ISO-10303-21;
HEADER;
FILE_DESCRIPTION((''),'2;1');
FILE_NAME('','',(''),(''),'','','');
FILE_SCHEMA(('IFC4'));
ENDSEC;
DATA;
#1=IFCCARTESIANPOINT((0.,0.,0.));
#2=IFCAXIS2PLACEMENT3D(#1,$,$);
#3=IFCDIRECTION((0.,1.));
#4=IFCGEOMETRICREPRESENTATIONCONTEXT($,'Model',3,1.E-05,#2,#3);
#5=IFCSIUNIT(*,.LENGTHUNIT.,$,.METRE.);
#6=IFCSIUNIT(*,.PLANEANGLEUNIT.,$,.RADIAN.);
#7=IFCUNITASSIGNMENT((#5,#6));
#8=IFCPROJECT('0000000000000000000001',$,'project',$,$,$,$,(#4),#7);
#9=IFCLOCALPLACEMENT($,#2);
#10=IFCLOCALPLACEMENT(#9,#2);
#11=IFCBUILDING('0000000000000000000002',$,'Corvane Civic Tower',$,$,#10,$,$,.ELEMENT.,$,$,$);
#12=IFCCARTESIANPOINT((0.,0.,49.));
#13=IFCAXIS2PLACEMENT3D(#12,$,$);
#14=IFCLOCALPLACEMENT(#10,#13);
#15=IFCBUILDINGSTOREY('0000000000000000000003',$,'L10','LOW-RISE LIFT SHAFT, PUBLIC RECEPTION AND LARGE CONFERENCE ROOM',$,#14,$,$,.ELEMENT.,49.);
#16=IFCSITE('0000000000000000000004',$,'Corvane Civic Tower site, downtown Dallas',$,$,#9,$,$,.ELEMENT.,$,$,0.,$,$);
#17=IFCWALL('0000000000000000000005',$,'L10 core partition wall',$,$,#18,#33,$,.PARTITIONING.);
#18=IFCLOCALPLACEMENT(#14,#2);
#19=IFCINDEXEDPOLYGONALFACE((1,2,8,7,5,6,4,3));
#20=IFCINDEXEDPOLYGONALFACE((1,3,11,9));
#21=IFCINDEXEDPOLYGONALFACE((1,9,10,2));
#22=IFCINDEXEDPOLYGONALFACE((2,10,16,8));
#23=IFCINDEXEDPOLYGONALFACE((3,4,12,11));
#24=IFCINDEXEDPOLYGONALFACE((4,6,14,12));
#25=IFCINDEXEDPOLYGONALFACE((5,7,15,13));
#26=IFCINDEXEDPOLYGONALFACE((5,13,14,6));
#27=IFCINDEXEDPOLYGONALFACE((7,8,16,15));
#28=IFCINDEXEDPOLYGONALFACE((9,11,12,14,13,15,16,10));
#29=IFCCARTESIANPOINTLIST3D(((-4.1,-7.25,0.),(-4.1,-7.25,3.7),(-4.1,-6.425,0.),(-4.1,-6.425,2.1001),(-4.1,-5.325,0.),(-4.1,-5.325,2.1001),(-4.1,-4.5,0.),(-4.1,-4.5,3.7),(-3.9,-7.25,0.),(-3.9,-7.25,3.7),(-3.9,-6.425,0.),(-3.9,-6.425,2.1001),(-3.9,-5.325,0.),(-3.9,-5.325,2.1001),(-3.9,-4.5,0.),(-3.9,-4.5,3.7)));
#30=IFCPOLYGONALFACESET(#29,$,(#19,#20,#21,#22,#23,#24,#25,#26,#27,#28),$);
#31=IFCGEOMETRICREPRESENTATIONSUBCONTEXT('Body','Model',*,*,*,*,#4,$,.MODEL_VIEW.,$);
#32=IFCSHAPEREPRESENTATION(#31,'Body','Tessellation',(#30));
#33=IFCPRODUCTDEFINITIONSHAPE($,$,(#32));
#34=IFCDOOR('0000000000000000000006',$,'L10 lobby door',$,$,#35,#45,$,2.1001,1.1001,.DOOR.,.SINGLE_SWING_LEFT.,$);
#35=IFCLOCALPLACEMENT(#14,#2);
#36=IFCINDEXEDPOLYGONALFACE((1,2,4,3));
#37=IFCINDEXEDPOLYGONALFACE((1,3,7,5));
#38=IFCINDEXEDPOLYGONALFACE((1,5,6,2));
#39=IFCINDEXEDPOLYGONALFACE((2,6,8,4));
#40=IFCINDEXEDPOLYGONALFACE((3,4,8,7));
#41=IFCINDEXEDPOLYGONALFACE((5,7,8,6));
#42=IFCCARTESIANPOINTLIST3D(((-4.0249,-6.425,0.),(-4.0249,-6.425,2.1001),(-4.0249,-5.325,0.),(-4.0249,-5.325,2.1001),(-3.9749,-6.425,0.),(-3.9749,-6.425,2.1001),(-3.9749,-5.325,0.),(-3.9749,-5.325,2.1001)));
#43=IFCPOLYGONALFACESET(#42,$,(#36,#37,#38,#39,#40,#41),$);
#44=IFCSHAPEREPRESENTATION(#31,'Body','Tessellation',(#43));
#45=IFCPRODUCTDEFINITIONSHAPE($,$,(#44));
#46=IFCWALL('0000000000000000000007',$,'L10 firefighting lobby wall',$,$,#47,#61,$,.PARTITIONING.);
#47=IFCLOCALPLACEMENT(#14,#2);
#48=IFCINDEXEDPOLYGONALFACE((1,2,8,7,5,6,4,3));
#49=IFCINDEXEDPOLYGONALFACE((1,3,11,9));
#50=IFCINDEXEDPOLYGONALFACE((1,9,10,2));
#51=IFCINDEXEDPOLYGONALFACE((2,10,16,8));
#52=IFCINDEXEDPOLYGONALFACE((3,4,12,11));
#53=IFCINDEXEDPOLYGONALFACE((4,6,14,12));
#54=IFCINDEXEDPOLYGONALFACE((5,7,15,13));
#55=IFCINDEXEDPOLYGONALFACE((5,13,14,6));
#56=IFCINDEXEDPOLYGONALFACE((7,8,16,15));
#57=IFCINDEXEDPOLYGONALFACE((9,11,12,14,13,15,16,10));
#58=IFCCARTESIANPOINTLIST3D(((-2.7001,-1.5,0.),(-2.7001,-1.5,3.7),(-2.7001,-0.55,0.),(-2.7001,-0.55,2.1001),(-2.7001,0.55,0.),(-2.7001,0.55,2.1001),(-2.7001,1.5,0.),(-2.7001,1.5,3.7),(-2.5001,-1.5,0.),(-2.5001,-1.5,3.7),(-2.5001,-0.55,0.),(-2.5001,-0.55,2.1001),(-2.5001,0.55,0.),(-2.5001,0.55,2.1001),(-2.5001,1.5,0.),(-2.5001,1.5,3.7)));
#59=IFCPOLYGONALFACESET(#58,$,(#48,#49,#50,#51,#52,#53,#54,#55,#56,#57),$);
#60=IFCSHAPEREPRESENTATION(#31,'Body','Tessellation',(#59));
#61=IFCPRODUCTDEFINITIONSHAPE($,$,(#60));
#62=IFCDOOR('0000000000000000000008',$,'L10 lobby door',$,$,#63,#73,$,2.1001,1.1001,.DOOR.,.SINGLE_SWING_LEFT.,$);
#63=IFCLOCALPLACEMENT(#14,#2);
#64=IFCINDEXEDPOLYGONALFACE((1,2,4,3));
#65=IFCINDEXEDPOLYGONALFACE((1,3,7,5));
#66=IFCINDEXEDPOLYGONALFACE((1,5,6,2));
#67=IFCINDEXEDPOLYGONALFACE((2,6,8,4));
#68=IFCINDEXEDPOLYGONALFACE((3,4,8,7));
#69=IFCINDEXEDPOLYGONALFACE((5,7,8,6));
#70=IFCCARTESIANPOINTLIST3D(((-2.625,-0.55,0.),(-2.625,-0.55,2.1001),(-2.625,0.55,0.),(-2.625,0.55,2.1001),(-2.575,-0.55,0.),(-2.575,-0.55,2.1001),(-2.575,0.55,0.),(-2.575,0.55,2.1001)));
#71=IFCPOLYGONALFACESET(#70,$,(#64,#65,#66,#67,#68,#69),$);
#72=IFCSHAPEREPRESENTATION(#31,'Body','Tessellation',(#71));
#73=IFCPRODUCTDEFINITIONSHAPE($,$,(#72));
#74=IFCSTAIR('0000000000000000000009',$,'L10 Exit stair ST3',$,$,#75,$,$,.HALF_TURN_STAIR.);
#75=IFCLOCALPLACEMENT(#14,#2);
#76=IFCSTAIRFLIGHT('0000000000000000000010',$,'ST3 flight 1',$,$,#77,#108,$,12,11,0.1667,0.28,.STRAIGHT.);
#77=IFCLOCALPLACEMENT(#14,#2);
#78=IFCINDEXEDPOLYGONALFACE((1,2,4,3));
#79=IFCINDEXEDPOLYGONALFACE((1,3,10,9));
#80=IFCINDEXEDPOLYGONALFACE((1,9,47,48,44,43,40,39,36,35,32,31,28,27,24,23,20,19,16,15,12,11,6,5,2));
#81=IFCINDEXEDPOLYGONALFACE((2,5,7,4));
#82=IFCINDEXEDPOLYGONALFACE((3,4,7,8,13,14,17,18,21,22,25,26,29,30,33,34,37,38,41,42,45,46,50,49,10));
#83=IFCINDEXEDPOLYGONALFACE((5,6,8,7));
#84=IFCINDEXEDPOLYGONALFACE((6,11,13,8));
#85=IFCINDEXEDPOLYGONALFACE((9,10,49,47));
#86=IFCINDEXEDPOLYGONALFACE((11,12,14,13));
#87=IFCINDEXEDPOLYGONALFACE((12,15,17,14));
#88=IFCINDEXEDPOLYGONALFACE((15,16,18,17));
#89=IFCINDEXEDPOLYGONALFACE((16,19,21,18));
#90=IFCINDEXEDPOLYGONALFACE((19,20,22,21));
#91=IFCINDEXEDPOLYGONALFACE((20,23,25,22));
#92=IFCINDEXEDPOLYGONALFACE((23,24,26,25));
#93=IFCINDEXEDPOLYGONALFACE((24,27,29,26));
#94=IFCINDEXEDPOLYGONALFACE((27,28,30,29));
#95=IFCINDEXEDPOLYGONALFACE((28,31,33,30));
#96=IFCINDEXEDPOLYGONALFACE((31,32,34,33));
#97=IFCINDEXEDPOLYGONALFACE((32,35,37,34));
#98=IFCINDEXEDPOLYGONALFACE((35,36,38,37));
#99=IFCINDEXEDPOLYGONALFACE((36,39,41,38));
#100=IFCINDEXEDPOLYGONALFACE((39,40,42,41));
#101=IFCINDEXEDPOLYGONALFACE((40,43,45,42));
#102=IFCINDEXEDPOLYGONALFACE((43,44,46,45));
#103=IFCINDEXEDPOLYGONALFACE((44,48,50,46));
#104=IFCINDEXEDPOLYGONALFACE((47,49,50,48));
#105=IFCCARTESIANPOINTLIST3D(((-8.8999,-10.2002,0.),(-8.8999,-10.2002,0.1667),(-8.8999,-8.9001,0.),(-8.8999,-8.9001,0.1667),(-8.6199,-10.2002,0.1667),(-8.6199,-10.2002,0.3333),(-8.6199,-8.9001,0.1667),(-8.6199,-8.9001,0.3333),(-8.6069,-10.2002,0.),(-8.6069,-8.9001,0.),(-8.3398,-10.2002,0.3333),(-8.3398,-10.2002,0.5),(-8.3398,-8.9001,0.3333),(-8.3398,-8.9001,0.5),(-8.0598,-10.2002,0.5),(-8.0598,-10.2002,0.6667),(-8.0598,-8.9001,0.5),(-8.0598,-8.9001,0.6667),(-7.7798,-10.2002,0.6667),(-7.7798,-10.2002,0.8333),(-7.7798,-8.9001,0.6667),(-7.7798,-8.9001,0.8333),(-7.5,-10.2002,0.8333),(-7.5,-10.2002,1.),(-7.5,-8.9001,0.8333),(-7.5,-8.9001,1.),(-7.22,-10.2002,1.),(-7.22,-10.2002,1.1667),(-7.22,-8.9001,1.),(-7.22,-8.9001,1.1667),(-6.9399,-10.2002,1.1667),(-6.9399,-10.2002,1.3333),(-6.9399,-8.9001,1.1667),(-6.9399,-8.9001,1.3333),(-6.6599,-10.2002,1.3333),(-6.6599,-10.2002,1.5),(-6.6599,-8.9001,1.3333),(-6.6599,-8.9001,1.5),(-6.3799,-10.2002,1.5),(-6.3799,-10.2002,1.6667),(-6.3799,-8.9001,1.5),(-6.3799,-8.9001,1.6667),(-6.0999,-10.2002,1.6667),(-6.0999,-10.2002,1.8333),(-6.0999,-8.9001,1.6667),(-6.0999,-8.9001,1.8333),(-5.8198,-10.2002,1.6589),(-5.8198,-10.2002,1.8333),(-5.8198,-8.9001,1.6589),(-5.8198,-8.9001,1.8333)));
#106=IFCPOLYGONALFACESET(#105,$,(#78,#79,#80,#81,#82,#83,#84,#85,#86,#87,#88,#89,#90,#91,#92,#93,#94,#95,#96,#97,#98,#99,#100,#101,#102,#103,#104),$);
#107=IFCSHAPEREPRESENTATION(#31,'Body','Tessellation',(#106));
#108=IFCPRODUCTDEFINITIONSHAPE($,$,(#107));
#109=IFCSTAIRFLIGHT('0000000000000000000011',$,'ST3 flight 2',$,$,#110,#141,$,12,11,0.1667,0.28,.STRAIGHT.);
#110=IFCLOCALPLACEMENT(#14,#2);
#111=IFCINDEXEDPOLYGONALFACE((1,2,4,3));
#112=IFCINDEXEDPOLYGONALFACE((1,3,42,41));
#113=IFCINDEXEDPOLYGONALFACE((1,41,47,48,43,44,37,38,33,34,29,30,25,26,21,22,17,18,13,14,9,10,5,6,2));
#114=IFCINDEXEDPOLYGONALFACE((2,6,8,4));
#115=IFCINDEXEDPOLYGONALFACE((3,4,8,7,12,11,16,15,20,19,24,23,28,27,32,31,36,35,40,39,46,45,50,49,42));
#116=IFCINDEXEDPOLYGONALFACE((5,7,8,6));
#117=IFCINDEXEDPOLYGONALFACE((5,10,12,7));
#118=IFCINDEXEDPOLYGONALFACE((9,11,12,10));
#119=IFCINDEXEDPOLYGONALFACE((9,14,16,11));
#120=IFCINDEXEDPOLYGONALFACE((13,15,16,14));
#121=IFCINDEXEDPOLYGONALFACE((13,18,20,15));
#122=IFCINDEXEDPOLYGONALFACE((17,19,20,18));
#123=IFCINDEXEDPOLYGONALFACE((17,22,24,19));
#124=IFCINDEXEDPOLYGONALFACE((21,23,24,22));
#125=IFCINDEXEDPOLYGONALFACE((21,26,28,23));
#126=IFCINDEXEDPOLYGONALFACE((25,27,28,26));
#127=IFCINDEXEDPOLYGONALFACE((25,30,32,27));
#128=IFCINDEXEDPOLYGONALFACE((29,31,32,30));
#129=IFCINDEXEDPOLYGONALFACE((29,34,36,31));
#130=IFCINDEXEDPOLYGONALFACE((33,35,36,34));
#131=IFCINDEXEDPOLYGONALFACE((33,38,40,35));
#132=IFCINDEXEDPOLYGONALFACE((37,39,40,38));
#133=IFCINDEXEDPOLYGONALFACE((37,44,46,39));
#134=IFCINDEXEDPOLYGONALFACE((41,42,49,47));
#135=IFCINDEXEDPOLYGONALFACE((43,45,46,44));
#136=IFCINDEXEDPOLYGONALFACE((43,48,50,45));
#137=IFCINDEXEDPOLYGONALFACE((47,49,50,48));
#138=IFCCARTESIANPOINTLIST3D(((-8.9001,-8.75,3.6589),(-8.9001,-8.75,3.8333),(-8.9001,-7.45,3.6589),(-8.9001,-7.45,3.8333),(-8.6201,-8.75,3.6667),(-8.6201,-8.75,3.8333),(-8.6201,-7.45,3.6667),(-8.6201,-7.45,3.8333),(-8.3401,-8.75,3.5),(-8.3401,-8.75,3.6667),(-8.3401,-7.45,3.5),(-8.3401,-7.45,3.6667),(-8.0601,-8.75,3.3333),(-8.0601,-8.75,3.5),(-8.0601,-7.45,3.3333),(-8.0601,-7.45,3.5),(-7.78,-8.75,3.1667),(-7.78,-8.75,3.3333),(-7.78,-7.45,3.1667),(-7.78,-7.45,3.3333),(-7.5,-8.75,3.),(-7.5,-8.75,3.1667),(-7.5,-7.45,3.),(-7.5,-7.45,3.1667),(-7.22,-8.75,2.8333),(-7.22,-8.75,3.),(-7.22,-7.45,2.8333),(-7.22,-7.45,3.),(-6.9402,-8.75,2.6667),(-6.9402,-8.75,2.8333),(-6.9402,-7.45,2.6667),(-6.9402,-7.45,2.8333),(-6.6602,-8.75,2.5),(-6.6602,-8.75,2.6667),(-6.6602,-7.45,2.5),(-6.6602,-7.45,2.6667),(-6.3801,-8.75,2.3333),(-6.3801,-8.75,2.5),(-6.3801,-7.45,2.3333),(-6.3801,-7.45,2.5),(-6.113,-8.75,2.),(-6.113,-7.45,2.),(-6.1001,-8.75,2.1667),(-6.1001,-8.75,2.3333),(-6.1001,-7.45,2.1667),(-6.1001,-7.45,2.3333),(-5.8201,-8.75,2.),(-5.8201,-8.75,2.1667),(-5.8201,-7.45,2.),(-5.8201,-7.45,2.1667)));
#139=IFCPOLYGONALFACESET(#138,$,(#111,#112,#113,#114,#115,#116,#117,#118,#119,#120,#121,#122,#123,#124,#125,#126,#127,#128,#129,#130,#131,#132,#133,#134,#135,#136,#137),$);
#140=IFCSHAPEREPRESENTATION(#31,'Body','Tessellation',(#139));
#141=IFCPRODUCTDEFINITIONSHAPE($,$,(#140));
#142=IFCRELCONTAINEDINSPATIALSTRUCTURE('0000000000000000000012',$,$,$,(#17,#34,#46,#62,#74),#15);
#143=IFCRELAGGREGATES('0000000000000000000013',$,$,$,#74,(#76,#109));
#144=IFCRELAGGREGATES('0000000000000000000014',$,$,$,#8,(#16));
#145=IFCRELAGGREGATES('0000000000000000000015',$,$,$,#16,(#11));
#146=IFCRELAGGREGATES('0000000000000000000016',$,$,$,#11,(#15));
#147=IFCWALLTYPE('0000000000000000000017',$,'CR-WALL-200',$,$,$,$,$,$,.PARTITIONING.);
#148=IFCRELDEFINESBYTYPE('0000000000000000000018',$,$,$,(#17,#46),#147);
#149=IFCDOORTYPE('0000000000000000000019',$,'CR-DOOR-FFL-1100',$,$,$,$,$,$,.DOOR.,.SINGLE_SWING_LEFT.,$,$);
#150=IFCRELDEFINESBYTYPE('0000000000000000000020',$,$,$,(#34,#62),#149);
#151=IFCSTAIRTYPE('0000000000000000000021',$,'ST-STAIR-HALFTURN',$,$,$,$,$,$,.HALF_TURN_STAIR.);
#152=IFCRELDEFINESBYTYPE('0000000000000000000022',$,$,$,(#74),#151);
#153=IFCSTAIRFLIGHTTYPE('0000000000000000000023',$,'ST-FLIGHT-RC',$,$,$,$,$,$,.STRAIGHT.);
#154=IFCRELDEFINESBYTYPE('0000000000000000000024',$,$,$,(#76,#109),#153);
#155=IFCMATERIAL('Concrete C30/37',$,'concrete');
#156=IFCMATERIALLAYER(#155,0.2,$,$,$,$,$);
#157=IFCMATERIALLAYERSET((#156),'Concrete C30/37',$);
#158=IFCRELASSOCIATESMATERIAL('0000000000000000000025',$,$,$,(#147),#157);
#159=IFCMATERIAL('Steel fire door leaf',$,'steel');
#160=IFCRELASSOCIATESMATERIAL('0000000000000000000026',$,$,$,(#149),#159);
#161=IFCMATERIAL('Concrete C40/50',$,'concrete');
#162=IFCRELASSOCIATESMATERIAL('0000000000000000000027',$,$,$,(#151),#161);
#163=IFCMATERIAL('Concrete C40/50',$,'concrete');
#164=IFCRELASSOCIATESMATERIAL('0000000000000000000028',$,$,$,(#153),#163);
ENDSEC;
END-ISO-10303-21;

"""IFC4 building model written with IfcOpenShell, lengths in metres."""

from ifc_helpers import new_model, si_unit, direction, frame, frame_2d, origin, place, context, subcontext, project, spatial, polyline, rectangle, outline, extrude, material, layer, layer_set, type_object, element, fill, aggregate, save


model = new_model("IFC4")

# Units and contexts
model_context = context("Model", 3, precision=1e-05, world=origin(), true_north=direction((0.0, 1.0)))
body_context = subcontext(model_context, "Body", "Model", "MODEL_VIEW")
ifc_project = project(units=[si_unit("LENGTHUNIT", "METRE"), si_unit("PLANEANGLEUNIT", "RADIAN")], contexts=[model_context])

# Site, building, storey
site_placement = place(None, origin())
site = spatial("IfcSite", under=ifc_project, at=site_placement, Name="Corvane Civic Tower site, downtown Dallas", CompositionType="ELEMENT", RefElevation=0.0)
building_placement = place(site_placement, origin())
building = spatial("IfcBuilding", under=site, at=building_placement, Name="Corvane Civic Tower", CompositionType="ELEMENT")
storey_placement = place(building_placement, frame((0.0, 0.0, 49.0)))
storey = spatial("IfcBuildingStorey", under=building, at=storey_placement, Name="L10", Description="LOW-RISE LIFT SHAFT, PUBLIC RECEPTION AND LARGE CONFERENCE ROOM", CompositionType="ELEMENT", Elevation=49.0)

# Walls, openings, doors
ifc_material_1 = material(Name="Concrete C30/37", Category="concrete")
ifc_layer = layer(ifc_material_1, 0.2)
ifc_layer_set = layer_set([ifc_layer], Name="Concrete C30/37")
wall_type = type_object("IfcWallType", Name="CR-WALL-200", PredefinedType="PARTITIONING", material=ifc_layer_set)
wall_1_placement = place(storey_placement, frame((-4.0, -7.25, 0.0), z_axis=(0.0, 0.0, 1.0), x_axis=(0.0, 1.0, 0.0)))
wall_1 = element("IfcWall", 1, at=wall_1_placement, inside=storey, type_object=wall_type, Name="L10 core partition wall", PredefinedType="PARTITIONING", context=body_context, shape_type="SweptSolid", body=[
    extrude(rectangle(XDim=2.75, YDim=0.2, at=frame_2d((1.375, 0.0))), origin(), (0.0, 0.0, 1.0), 3.7),
])
opening_1_placement = place(wall_1_placement, frame((0.825, 0.0, 0.0)))
opening_1 = element("IfcOpeningElement", 2, at=opening_1_placement, cuts=wall_1, PredefinedType="OPENING", context=body_context, shape_type="SweptSolid", body=[
    extrude(rectangle(XDim=1.1001, YDim=2.1001, at=frame_2d((0.55, 1.05))), frame((0.0, 0.1099, 0.0), z_axis=(0.0, -1.0, 0.0), x_axis=(1.0, 0.0, 0.0)), (0.0, 0.0, 1.0), 0.22),
])
ifc_material_2 = material(Name="Steel fire door leaf", Category="steel")
door_type_1 = type_object("IfcDoorType", Name="CR-DOOR-FFL-1100", OperationType="SINGLE_SWING_LEFT", PredefinedType="DOOR", material=ifc_material_2)
door_1_placement = place(opening_1_placement, origin())
door_1 = element("IfcDoor", 3, at=door_1_placement, inside=storey, type_object=door_type_1, Name="L10 lobby door", OperationType="SINGLE_SWING_LEFT", OverallHeight=2.1001, OverallWidth=1.1001, PredefinedType="DOOR", context=body_context, shape_type="SweptSolid", body=[
    extrude(rectangle(XDim=1.1001, YDim=2.1001, at=frame_2d((0.55, 1.05))), frame((0.0, 0.0249, 0.0), z_axis=(0.0, -1.0, 0.0), x_axis=(1.0, 0.0, 0.0)), (0.0, 0.0, 1.0), 0.05),
])
fill(opening_1, door_1)
wall_2_placement = place(storey_placement, frame((-2.6001, -1.5, 0.0), z_axis=(0.0, 0.0, 1.0), x_axis=(0.0, 1.0, 0.0)))
wall_2 = element("IfcWall", 4, at=wall_2_placement, inside=storey, type_object=wall_type, Name="L10 firefighting lobby wall", PredefinedType="PARTITIONING", context=body_context, shape_type="SweptSolid", body=[
    extrude(rectangle(XDim=3.0, YDim=0.2, at=frame_2d((1.5, 0.0))), origin(), (0.0, 0.0, 1.0), 3.7),
])
opening_2_placement = place(wall_2_placement, frame((0.95, 0.0, 0.0)))
opening_2 = element("IfcOpeningElement", 5, at=opening_2_placement, cuts=wall_2, PredefinedType="OPENING", context=body_context, shape_type="SweptSolid", body=[
    extrude(rectangle(XDim=1.1001, YDim=2.1001, at=frame_2d((0.55, 1.05))), frame((0.0, 0.1099, 0.0), z_axis=(0.0, -1.0, 0.0), x_axis=(1.0, 0.0, 0.0)), (0.0, 0.0, 1.0), 0.22),
])
door_2_placement = place(opening_2_placement, origin())
door_2 = element("IfcDoor", 6, at=door_2_placement, inside=storey, type_object=door_type_1, Name="L10 lobby door", OperationType="SINGLE_SWING_LEFT", OverallHeight=2.1001, OverallWidth=1.1001, PredefinedType="DOOR", context=body_context, shape_type="SweptSolid", body=[
    extrude(rectangle(XDim=1.1001, YDim=2.1001, at=frame_2d((0.55, 1.05))), frame((0.0, 0.0249, 0.0), z_axis=(0.0, -1.0, 0.0), x_axis=(1.0, 0.0, 0.0)), (0.0, 0.0, 1.0), 0.05),
])
fill(opening_2, door_2)

# Stair, stair flights
ifc_material_3 = material(Name="Concrete C40/50", Category="concrete")
stair_type = type_object("IfcStairType", Name="ST-STAIR-HALFTURN", PredefinedType="HALF_TURN_STAIR", material=ifc_material_3)
stair_placement = place(storey_placement, origin())
stair = element("IfcStair", 7, at=stair_placement, inside=storey, type_object=stair_type, Name="L10 Exit stair ST3", PredefinedType="HALF_TURN_STAIR")
ifc_material_4 = material(Name="Concrete C40/50", Category="concrete")
stair_flight_type = type_object("IfcStairFlightType", Name="ST-FLIGHT-RC", PredefinedType="STRAIGHT", material=ifc_material_4)
stair_flight_1_placement = place(storey_placement, frame((-8.8999, -9.55, 0.0), z_axis=(0.0, 0.0, 1.0), x_axis=(1.0, 0.0, 0.0)))
stair_flight_1 = element("IfcStairFlight", 8, at=stair_flight_1_placement, type_object=stair_flight_type, Name="ST3 flight 1", NumberOfRisers=12, NumberOfTreads=11, PredefinedType="STRAIGHT", RiserHeight=0.1667, TreadLength=0.28, context=body_context, shape_type="SweptSolid", body=[
    extrude(outline(polyline([(0.0, 0.0), (0.0, 0.1667), (0.28, 0.1667), (0.28, 0.3333), (0.5601, 0.3333), (0.5601, 0.5), (0.8401, 0.5), (0.8401, 0.6667), (1.1201, 0.6667), (1.1201, 0.8333), (1.3999, 0.8333), (1.3999, 1.0), (1.6799, 1.0), (1.6799, 1.1667), (1.96, 1.1667), (1.96, 1.3333), (2.24, 1.3333), (2.24, 1.5), (2.52, 1.5), (2.52, 1.6667), (2.8, 1.6667), (2.8, 1.8333), (3.0801, 1.8333), (3.0801, 2.0), (3.0801, 1.6589), (0.293, 0.0), (0.0, 0.0)])), frame((0.0, 0.6499, 0.0), z_axis=(0.0, -1.0, 0.0), x_axis=(1.0, 0.0, 0.0)), (0.0, 0.0, 1.0), 1.3),
])
stair_flight_2_placement = place(storey_placement, frame((-5.8201, -8.1001, 2.0), z_axis=(0.0, 0.0, 1.0), x_axis=(-1.0, 0.0, 0.0)))
stair_flight_2 = element("IfcStairFlight", 9, at=stair_flight_2_placement, type_object=stair_flight_type, Name="ST3 flight 2", NumberOfRisers=12, NumberOfTreads=11, PredefinedType="STRAIGHT", RiserHeight=0.1667, TreadLength=0.28, context=body_context, shape_type="SweptSolid", body=[
    extrude(outline(polyline([(0.0, 0.0), (0.0, 0.1667), (0.28, 0.1667), (0.28, 0.3333), (0.5601, 0.3333), (0.5601, 0.5), (0.8401, 0.5), (0.8401, 0.6667), (1.1201, 0.6667), (1.1201, 0.8333), (1.3999, 0.8333), (1.3999, 1.0), (1.6799, 1.0), (1.6799, 1.1667), (1.96, 1.1667), (1.96, 1.3333), (2.24, 1.3333), (2.24, 1.5), (2.52, 1.5), (2.52, 1.6667), (2.8, 1.6667), (2.8, 1.8333), (3.0801, 1.8333), (3.0801, 2.0), (3.0801, 1.6589), (0.293, 0.0), (0.0, 0.0)])), frame((0.0, 0.6499, 0.0), z_axis=(0.0, -1.0, 0.0), x_axis=(1.0, 0.0, 0.0)), (0.0, 0.0, 1.0), 1.3),
])
aggregate(stair, [stair_flight_1, stair_flight_2])

save(model, "model.ifc")
